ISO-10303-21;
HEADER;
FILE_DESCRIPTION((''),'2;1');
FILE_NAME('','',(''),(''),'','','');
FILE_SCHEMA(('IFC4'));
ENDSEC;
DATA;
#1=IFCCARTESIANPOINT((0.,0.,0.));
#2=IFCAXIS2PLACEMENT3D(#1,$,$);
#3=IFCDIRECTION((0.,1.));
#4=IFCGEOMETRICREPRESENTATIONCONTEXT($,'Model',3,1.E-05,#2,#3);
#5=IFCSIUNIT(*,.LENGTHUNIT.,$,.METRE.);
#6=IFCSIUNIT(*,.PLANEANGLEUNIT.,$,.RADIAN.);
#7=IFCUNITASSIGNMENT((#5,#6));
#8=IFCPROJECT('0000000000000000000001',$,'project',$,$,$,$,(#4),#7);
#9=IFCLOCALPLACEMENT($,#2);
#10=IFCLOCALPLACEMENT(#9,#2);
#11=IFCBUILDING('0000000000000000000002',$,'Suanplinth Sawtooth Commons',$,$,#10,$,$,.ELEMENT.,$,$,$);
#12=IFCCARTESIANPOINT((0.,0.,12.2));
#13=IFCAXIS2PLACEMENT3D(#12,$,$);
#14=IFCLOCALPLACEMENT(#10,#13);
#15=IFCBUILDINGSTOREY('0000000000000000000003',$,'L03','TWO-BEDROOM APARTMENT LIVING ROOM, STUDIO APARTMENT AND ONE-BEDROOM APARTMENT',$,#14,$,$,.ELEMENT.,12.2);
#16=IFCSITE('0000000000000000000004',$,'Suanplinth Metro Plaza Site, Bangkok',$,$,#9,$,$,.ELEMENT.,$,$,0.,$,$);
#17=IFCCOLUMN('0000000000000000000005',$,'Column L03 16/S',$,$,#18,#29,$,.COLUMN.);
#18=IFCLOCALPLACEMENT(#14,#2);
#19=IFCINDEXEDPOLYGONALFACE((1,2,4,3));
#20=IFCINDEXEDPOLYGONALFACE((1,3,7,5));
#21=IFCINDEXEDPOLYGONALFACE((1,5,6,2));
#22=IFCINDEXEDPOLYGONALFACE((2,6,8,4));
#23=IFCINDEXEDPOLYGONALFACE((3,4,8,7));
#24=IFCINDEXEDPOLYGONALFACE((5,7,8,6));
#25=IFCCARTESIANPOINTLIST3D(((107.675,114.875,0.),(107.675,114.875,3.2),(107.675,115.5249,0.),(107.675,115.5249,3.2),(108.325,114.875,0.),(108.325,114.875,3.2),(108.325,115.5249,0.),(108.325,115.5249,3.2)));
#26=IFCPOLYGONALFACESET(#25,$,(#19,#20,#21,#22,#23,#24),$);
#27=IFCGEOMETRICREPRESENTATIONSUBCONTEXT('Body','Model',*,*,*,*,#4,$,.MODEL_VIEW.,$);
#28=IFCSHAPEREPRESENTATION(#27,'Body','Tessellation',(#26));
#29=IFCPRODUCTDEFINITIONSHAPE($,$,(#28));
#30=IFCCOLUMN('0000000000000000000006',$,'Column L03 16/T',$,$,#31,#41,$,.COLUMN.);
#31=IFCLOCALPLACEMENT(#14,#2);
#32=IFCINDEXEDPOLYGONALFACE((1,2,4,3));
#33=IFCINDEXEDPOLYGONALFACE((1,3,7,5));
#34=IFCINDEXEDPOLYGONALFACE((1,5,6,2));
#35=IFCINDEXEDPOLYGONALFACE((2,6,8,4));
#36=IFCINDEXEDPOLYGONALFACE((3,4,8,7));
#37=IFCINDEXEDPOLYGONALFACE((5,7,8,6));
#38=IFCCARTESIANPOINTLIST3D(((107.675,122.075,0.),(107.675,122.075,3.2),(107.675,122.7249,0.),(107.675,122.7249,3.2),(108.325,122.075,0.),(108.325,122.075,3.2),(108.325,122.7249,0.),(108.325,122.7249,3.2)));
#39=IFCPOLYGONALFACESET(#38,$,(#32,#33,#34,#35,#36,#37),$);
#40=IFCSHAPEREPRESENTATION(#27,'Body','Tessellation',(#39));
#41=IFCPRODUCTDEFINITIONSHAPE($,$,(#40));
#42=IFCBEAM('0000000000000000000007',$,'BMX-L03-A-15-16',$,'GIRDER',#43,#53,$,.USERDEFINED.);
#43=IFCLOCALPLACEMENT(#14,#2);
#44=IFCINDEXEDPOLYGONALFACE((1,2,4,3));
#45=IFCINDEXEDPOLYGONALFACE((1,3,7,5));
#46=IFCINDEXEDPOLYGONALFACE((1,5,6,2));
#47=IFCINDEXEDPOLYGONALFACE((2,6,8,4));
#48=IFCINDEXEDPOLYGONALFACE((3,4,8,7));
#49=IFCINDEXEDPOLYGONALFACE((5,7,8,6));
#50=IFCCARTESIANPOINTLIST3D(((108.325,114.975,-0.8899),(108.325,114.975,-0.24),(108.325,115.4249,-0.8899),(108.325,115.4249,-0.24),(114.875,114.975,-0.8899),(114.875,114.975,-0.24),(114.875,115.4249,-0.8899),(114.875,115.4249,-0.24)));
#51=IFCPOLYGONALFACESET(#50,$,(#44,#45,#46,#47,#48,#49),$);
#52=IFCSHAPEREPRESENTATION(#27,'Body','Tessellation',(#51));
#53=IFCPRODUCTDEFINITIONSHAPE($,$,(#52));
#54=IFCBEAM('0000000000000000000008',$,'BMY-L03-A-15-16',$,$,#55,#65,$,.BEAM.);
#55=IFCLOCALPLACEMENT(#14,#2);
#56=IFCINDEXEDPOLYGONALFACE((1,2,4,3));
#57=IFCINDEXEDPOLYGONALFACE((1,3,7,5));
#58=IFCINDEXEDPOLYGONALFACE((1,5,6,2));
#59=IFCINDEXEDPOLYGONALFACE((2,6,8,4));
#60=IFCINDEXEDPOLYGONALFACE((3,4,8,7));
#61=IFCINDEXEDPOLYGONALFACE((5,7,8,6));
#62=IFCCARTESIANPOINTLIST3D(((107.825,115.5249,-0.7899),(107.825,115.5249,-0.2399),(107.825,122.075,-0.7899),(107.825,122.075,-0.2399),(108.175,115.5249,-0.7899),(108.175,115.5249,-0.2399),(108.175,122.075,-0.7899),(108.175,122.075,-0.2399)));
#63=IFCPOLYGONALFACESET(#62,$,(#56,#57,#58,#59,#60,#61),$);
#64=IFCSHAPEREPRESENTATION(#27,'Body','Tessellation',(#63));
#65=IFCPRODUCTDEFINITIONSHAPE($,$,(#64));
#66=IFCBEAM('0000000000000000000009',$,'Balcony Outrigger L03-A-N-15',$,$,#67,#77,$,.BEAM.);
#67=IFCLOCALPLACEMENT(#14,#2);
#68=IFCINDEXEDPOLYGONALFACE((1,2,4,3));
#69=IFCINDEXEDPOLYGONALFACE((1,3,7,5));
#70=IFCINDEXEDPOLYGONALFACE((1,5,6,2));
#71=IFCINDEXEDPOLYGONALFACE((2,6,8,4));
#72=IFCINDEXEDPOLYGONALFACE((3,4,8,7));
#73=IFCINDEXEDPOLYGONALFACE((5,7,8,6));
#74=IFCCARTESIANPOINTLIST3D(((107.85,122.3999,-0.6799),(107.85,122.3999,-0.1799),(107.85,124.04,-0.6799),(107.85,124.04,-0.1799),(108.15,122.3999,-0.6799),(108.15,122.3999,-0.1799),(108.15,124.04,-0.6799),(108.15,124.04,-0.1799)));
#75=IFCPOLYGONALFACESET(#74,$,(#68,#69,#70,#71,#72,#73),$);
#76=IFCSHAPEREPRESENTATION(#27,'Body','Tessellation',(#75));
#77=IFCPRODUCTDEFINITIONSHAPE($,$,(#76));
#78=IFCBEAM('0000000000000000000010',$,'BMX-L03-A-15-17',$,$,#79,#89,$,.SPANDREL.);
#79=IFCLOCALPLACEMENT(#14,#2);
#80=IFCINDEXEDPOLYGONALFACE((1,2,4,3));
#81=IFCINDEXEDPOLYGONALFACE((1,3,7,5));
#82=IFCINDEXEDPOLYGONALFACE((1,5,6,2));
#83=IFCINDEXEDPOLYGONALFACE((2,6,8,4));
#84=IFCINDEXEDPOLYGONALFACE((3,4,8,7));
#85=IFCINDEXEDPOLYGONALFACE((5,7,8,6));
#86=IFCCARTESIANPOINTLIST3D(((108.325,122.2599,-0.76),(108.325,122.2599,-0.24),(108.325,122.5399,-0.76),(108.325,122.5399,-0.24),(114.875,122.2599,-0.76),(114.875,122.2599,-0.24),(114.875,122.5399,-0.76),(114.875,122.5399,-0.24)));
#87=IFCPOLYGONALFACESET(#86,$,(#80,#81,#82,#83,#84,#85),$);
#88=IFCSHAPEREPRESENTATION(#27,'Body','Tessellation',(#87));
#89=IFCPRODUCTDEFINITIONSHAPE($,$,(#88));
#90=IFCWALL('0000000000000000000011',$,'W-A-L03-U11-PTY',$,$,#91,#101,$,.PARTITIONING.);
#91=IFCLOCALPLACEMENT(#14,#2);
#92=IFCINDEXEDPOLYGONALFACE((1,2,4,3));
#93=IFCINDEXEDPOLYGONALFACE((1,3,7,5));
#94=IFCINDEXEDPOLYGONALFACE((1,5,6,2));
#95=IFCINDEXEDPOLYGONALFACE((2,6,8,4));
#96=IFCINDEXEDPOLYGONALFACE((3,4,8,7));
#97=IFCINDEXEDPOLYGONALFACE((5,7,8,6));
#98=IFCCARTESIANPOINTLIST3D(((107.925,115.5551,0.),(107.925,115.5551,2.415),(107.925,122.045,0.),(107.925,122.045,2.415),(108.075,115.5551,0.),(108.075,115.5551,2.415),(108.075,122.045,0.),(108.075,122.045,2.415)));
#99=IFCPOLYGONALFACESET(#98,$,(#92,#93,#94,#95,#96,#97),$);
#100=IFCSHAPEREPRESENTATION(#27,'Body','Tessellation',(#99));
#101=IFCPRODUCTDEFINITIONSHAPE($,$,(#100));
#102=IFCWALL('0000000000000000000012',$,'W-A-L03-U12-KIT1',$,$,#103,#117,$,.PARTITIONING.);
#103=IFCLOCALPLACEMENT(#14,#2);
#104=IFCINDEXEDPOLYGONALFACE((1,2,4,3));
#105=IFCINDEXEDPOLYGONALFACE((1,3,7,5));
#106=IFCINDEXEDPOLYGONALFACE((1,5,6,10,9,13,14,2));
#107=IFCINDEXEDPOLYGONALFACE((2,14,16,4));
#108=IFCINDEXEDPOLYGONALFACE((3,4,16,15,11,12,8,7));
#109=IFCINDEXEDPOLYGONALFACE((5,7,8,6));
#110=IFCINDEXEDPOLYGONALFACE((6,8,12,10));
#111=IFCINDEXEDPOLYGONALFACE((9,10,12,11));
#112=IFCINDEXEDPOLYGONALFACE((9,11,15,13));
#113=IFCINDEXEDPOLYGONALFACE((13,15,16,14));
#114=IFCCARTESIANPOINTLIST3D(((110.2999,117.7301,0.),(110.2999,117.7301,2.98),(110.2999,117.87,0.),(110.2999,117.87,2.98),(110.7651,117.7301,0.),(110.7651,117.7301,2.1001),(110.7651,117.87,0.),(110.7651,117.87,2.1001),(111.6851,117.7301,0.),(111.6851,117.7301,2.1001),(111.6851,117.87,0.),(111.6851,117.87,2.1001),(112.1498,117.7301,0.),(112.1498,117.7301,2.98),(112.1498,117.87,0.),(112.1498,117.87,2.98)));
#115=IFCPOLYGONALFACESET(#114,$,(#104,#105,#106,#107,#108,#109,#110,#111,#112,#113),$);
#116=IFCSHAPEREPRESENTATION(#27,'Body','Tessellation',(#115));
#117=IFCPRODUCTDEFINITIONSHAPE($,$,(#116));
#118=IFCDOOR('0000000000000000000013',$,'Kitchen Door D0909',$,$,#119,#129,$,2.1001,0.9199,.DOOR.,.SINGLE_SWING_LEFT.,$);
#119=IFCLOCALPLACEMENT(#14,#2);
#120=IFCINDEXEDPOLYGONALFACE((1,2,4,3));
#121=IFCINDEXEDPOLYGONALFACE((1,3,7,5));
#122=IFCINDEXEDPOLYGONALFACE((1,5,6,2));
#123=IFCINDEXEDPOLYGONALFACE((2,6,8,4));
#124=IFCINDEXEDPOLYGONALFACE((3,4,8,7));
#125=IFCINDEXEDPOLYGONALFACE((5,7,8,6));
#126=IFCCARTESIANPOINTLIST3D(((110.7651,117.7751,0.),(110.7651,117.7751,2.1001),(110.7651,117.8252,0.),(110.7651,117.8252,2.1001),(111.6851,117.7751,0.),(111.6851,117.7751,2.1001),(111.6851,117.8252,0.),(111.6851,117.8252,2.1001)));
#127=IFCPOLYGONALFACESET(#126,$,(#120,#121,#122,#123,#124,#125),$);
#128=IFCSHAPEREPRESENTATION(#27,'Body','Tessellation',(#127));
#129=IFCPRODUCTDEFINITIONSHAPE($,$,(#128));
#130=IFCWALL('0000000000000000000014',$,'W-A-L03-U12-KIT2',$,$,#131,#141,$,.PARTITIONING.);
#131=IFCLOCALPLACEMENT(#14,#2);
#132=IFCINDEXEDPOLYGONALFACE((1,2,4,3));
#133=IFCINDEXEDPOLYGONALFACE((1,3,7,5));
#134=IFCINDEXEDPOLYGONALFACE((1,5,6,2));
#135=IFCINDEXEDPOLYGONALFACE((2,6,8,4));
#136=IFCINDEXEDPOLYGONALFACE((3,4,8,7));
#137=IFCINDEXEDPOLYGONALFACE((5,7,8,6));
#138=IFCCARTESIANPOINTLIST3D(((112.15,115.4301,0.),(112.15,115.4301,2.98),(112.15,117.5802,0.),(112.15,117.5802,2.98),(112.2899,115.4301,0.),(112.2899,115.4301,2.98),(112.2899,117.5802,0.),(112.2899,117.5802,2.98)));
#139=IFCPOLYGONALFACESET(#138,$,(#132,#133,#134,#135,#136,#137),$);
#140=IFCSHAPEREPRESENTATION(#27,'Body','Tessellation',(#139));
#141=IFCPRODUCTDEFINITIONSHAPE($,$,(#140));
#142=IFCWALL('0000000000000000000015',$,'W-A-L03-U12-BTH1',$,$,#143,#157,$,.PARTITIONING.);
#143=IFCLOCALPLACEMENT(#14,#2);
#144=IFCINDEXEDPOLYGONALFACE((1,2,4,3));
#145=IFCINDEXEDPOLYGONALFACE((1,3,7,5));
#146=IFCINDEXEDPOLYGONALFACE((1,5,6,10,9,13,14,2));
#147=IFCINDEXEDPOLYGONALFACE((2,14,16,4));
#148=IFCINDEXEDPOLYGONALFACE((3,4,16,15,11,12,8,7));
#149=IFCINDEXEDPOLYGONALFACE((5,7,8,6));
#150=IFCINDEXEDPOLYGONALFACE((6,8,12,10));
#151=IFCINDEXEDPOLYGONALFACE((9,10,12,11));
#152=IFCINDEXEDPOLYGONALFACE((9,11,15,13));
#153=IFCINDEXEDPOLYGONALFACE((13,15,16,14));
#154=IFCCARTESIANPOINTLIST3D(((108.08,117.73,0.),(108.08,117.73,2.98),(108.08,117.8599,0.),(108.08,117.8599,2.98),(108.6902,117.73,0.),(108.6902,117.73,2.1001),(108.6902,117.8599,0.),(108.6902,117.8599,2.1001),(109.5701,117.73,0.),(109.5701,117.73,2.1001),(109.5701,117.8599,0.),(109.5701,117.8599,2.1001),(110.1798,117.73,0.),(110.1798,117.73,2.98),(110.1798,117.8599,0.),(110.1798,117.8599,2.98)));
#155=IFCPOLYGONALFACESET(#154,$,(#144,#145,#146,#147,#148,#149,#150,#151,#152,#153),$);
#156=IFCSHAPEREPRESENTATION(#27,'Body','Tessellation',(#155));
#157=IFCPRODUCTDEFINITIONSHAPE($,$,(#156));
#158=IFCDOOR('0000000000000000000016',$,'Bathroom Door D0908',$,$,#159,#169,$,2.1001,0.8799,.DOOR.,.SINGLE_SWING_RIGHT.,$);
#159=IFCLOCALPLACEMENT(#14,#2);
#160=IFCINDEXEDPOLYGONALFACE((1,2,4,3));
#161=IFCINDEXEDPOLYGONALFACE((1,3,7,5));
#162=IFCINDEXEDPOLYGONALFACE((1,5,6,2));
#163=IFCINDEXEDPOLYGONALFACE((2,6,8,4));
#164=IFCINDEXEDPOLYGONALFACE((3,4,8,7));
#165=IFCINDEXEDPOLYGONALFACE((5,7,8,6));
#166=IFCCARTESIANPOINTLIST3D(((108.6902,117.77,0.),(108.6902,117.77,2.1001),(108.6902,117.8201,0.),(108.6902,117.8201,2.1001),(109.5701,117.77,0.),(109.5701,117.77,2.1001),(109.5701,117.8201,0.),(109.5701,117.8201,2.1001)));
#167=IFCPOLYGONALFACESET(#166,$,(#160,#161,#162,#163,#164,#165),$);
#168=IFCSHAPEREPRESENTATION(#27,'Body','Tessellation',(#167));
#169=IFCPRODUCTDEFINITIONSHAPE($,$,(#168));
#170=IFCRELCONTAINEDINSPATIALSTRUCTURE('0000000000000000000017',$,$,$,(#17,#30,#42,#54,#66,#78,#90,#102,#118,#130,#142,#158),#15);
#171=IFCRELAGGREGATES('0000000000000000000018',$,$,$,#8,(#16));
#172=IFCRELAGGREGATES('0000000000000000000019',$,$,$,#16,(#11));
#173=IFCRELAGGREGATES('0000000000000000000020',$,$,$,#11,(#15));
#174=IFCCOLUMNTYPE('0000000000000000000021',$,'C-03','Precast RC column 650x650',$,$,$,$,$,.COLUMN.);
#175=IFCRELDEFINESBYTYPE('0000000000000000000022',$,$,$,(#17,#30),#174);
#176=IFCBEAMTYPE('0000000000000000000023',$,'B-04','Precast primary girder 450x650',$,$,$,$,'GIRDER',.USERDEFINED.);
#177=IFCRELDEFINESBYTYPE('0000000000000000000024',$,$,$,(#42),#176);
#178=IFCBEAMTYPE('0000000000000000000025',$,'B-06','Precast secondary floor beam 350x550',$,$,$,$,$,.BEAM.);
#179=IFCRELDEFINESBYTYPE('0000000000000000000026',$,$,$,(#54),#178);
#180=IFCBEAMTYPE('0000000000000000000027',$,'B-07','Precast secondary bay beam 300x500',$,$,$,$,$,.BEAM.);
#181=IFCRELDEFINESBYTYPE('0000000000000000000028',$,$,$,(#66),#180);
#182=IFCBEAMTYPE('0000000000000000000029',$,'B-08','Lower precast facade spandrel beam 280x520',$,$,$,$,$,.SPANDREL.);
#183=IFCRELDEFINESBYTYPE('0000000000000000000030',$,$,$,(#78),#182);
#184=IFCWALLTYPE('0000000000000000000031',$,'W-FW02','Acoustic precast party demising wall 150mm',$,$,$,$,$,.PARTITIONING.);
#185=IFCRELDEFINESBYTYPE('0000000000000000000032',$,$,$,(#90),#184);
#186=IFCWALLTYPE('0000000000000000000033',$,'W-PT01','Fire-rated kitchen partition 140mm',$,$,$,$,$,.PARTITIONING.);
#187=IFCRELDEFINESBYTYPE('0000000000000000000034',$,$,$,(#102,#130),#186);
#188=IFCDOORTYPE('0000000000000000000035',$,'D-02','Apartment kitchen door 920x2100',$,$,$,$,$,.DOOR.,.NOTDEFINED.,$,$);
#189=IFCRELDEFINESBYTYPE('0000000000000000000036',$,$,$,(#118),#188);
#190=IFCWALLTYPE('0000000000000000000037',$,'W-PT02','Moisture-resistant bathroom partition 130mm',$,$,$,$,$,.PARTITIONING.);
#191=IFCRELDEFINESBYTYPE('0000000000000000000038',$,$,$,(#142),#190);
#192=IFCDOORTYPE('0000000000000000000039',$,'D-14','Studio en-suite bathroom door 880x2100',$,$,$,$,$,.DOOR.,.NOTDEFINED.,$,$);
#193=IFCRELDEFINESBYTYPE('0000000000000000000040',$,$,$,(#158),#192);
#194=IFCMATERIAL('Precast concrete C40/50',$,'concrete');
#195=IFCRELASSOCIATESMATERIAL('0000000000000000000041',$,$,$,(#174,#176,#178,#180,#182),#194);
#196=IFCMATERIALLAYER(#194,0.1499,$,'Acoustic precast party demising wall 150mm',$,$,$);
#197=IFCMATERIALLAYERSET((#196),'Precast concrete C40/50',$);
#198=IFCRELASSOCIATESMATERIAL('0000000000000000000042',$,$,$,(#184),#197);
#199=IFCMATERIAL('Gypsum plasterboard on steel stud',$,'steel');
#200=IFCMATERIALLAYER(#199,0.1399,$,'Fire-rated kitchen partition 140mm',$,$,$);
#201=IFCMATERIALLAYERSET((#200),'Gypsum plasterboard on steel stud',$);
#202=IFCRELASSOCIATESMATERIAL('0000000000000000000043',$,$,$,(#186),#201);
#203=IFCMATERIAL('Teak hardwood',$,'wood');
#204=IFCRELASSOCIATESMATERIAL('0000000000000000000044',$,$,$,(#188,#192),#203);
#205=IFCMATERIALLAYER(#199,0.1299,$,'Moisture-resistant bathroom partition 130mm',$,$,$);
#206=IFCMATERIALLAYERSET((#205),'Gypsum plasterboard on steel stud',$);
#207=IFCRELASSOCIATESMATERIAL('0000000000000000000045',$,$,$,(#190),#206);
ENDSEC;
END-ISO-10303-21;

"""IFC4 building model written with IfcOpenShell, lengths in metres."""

from ifc_helpers import new_model, si_unit, direction, frame, frame_2d, origin, origin_2d, place, context, subcontext, project, spatial, rectangle, extrude, material, layer, layer_set, material_profile, profile_set, type_object, element, fill, save


model = new_model("IFC4")

# Units and contexts
model_context = context("Model", 3, precision=1e-05, world=origin(), true_north=direction((0.0, 1.0)))
body_context = subcontext(model_context, "Body", "Model", "MODEL_VIEW")
ifc_project = project(units=[si_unit("LENGTHUNIT", "METRE"), si_unit("PLANEANGLEUNIT", "RADIAN")], contexts=[model_context])

# Site, building, storey
site_placement = place(None, origin())
site = spatial("IfcSite", under=ifc_project, at=site_placement, Name="Suanplinth Metro Plaza Site, Bangkok", CompositionType="ELEMENT", RefElevation=0.0)
building_placement = place(site_placement, origin())
building = spatial("IfcBuilding", under=site, at=building_placement, Name="Suanplinth Sawtooth Commons", CompositionType="ELEMENT")
storey_placement = place(building_placement, frame((0.0, 0.0, 12.2)))
storey = spatial("IfcBuildingStorey", under=building, at=storey_placement, Name="L03", Description="TWO-BEDROOM APARTMENT LIVING ROOM, STUDIO APARTMENT AND ONE-BEDROOM APARTMENT", CompositionType="ELEMENT", Elevation=12.2)

# Columns
ifc_material_1 = material(Name="Precast concrete C40/50", Category="concrete")
ifc_material_profile_1 = material_profile(ifc_material_1, rectangle(XDim=0.6499, YDim=0.6499, at=origin_2d()), Name="PC-COL 650x650")
ifc_profile_set_1 = profile_set([ifc_material_profile_1], Name="Precast concrete C40/50")
column_type = type_object("IfcColumnType", Name="C-03", Description="Precast RC column 650x650", PredefinedType="COLUMN", material=ifc_profile_set_1)
for number, where, z_axis, x_axis, name in (
    (1, (108.0, 115.2, 0.0), (0.0, 0.0, 1.0), (1.0, 0.0, 0.0), "Column L03 16/S"),
    (2, (108.0, 122.3999, 0.0), (0.0, 0.0, 1.0), (1.0, 0.0, 0.0), "Column L03 16/T"),
):
    element("IfcColumn", number, at=place(storey_placement, frame(where, z_axis=z_axis, x_axis=x_axis)), inside=storey, type_object=column_type, Name=name, PredefinedType="COLUMN", context=body_context, shape_type="SweptSolid", body=[
        extrude(rectangle(XDim=0.6499, YDim=0.6499, at=origin_2d()), origin(), (0.0, 0.0, 1.0), 3.2),
    ])

# Beams
ifc_material_profile_2 = material_profile(ifc_material_1, rectangle(XDim=0.45, YDim=0.6499, at=origin_2d()), Name="PC-GDR 450x650")
ifc_profile_set_2 = profile_set([ifc_material_profile_2], Name="Precast concrete C40/50")
beam_type_1 = type_object("IfcBeamType", Name="B-04", Description="Precast primary girder 450x650", ElementType="GIRDER", PredefinedType="USERDEFINED", material=ifc_profile_set_2)
beam_1_placement = place(storey_placement, frame((108.325, 115.2, -0.5649), z_axis=(1.0, 0.0, 0.0), x_axis=(0.0, 1.0, 0.0)))
element("IfcBeam", 3, at=beam_1_placement, inside=storey, type_object=beam_type_1, Name="BMX-L03-A-15-16", ObjectType="GIRDER", PredefinedType="USERDEFINED", context=body_context, shape_type="SweptSolid", body=[
    extrude(rectangle(XDim=0.45, YDim=0.6499, at=origin_2d()), origin(), (0.0, 0.0, 1.0), 6.55),
])
ifc_material_profile_3 = material_profile(ifc_material_1, rectangle(XDim=0.3501, YDim=0.55, at=origin_2d()), Name="PC-BM 350x550")
ifc_profile_set_3 = profile_set([ifc_material_profile_3], Name="Precast concrete C40/50")
beam_type_2 = type_object("IfcBeamType", Name="B-06", Description="Precast secondary floor beam 350x550", PredefinedType="BEAM", material=ifc_profile_set_3)
beam_2_placement = place(storey_placement, frame((108.0, 115.5249, -0.5149), z_axis=(0.0, 1.0, 0.0), x_axis=(-1.0, 0.0, 0.0)))
element("IfcBeam", 4, at=beam_2_placement, inside=storey, type_object=beam_type_2, Name="BMY-L03-A-15-16", PredefinedType="BEAM", context=body_context, shape_type="SweptSolid", body=[
    extrude(rectangle(XDim=0.3501, YDim=0.55, at=origin_2d()), origin(), (0.0, 0.0, 1.0), 6.55),
])
ifc_material_profile_4 = material_profile(ifc_material_1, rectangle(XDim=0.3, YDim=0.5, at=origin_2d()), Name="PC-BM 300x500")
ifc_profile_set_4 = profile_set([ifc_material_profile_4], Name="Precast concrete C40/50")
beam_type_3 = type_object("IfcBeamType", Name="B-07", Description="Precast secondary bay beam 300x500", PredefinedType="BEAM", material=ifc_profile_set_4)
beam_3_placement = place(storey_placement, frame((108.0, 122.3999, -0.4299), z_axis=(0.0, 1.0, 0.0), x_axis=(-1.0, 0.0, 0.0)))
element("IfcBeam", 5, at=beam_3_placement, inside=storey, type_object=beam_type_3, Name="Balcony Outrigger L03-A-N-15", PredefinedType="BEAM", context=body_context, shape_type="SweptSolid", body=[
    extrude(rectangle(XDim=0.3, YDim=0.5, at=origin_2d()), origin(), (0.0, 0.0, 1.0), 1.6401),
])
ifc_material_profile_5 = material_profile(ifc_material_1, rectangle(XDim=0.28, YDim=0.52, at=origin_2d()), Name="PC-SP 280x520")
ifc_profile_set_5 = profile_set([ifc_material_profile_5], Name="Precast concrete C40/50")
beam_type_4 = type_object("IfcBeamType", Name="B-08", Description="Lower precast facade spandrel beam 280x520", PredefinedType="SPANDREL", material=ifc_profile_set_5)
beam_4_placement = place(storey_placement, frame((108.325, 122.3999, -0.5), z_axis=(1.0, 0.0, 0.0), x_axis=(0.0, 1.0, 0.0)))
element("IfcBeam", 6, at=beam_4_placement, inside=storey, type_object=beam_type_4, Name="BMX-L03-A-15-17", PredefinedType="SPANDREL", context=body_context, shape_type="SweptSolid", body=[
    extrude(rectangle(XDim=0.28, YDim=0.52, at=origin_2d()), origin(), (0.0, 0.0, 1.0), 6.55),
])

# Wall
ifc_layer_1 = layer(ifc_material_1, 0.1499, Name="Acoustic precast party demising wall 150mm")
ifc_layer_set_1 = layer_set([ifc_layer_1], Name="Precast concrete C40/50")
wall_type_1 = type_object("IfcWallType", Name="W-FW02", Description="Acoustic precast party demising wall 150mm", PredefinedType="PARTITIONING", material=ifc_layer_set_1)
wall_1_placement = place(storey_placement, frame((108.0, 115.5549, 0.0), z_axis=(0.0, 0.0, 1.0), x_axis=(0.0, 1.0, 0.0)))
element("IfcWall", 7, at=wall_1_placement, inside=storey, type_object=wall_type_1, Name="W-A-L03-U11-PTY", PredefinedType="PARTITIONING", context=body_context, shape_type="SweptSolid", body=[
    extrude(rectangle(XDim=6.49, YDim=0.1499, at=frame_2d((3.2451, 0.0))), origin(), (0.0, 0.0, 1.0), 2.415),
])

# Wall, opening, door
ifc_material_2 = material(Name="Gypsum plasterboard on steel stud", Category="steel")
ifc_layer_2 = layer(ifc_material_2, 0.1399, Name="Fire-rated kitchen partition 140mm")
ifc_layer_set_2 = layer_set([ifc_layer_2], Name="Gypsum plasterboard on steel stud")
wall_type_2 = type_object("IfcWallType", Name="W-PT01", Description="Fire-rated kitchen partition 140mm", PredefinedType="PARTITIONING", material=ifc_layer_set_2)
wall_2_placement = place(storey_placement, frame((110.3, 117.8, 0.0), z_axis=(0.0, 0.0, 1.0), x_axis=(1.0, 0.0, 0.0)))
wall_2 = element("IfcWall", 8, at=wall_2_placement, inside=storey, type_object=wall_type_2, Name="W-A-L03-U12-KIT1", PredefinedType="PARTITIONING", context=body_context, shape_type="SweptSolid", body=[
    extrude(rectangle(XDim=1.8499, YDim=0.1399, at=frame_2d((0.9248, 0.0))), origin(), (0.0, 0.0, 1.0), 2.98),
])
opening_1_placement = place(wall_2_placement, frame((0.4651, 0.0, 0.0)))
opening_1 = element("IfcOpeningElement", 9, at=opening_1_placement, cuts=wall_2, PredefinedType="OPENING", context=body_context, shape_type="SweptSolid", body=[
    extrude(rectangle(XDim=0.9199, YDim=2.1001, at=frame_2d((0.46, 1.05))), frame((0.0, 0.085, 0.0), z_axis=(0.0, -1.0, 0.0), x_axis=(1.0, 0.0, 0.0)), (0.0, 0.0, 1.0), 0.1697),
])
ifc_material_3 = material(Name="Teak hardwood", Category="wood")
door_type_1 = type_object("IfcDoorType", Name="D-02", Description="Apartment kitchen door 920x2100", OperationType="NOTDEFINED", PredefinedType="DOOR", material=ifc_material_3)
door_1_placement = place(opening_1_placement, frame((0.9199, 0.0, 0.0), z_axis=(0.0, 0.0, 1.0), x_axis=(-1.0, 0.0, 0.0)))
door_1 = element("IfcDoor", 10, at=door_1_placement, inside=storey, type_object=door_type_1, Name="Kitchen Door D0909", OperationType="SINGLE_SWING_LEFT", OverallHeight=2.1001, OverallWidth=0.9199, PredefinedType="DOOR", context=body_context, shape_type="SweptSolid", body=[
    extrude(rectangle(XDim=0.9199, YDim=2.1001, at=frame_2d((0.46, 1.05))), frame((0.0, 0.0249, 0.0), z_axis=(0.0, -1.0, 0.0), x_axis=(1.0, 0.0, 0.0)), (0.0, 0.0, 1.0), 0.05),
])
fill(opening_1, door_1)

# Wall
wall_3_placement = place(storey_placement, frame((112.22, 115.4299, 0.0), z_axis=(0.0, 0.0, 1.0), x_axis=(0.0, 1.0, 0.0)))
element("IfcWall", 11, at=wall_3_placement, inside=storey, type_object=wall_type_2, Name="W-A-L03-U12-KIT2", PredefinedType="PARTITIONING", context=body_context, shape_type="SweptSolid", body=[
    extrude(rectangle(XDim=2.1501, YDim=0.1399, at=frame_2d((1.0752, 0.0))), origin(), (0.0, 0.0, 1.0), 2.98),
])

# Wall, opening, door
ifc_layer_3 = layer(ifc_material_2, 0.1299, Name="Moisture-resistant bathroom partition 130mm")
ifc_layer_set_3 = layer_set([ifc_layer_3], Name="Gypsum plasterboard on steel stud")
wall_type_3 = type_object("IfcWallType", Name="W-PT02", Description="Moisture-resistant bathroom partition 130mm", PredefinedType="PARTITIONING", material=ifc_layer_set_3)
wall_4_placement = place(storey_placement, frame((108.0801, 117.7949, 0.0), z_axis=(0.0, 0.0, 1.0), x_axis=(1.0, 0.0, 0.0)))
wall_4 = element("IfcWall", 12, at=wall_4_placement, inside=storey, type_object=wall_type_3, Name="W-A-L03-U12-BTH1", PredefinedType="PARTITIONING", context=body_context, shape_type="SweptSolid", body=[
    extrude(rectangle(XDim=2.0999, YDim=0.1299, at=frame_2d((1.0498, 0.0))), origin(), (0.0, 0.0, 1.0), 2.98),
])
opening_2_placement = place(wall_4_placement, frame((0.6101, 0.0, 0.0)))
opening_2 = element("IfcOpeningElement", 13, at=opening_2_placement, cuts=wall_4, PredefinedType="OPENING", context=body_context, shape_type="SweptSolid", body=[
    extrude(rectangle(XDim=0.8799, YDim=2.1001, at=frame_2d((0.4399, 1.05))), frame((0.0, 0.0798, 0.0), z_axis=(0.0, -1.0, 0.0), x_axis=(1.0, 0.0, 0.0)), (0.0, 0.0, 1.0), 0.1597),
])
door_type_2 = type_object("IfcDoorType", Name="D-14", Description="Studio en-suite bathroom door 880x2100", OperationType="NOTDEFINED", PredefinedType="DOOR", material=ifc_material_3)
door_2_placement = place(opening_2_placement, frame((0.8799, 0.0, 0.0), z_axis=(0.0, 0.0, 1.0), x_axis=(-1.0, 0.0, 0.0)))
door_2 = element("IfcDoor", 14, at=door_2_placement, inside=storey, type_object=door_type_2, Name="Bathroom Door D0908", OperationType="SINGLE_SWING_RIGHT", OverallHeight=2.1001, OverallWidth=0.8799, PredefinedType="DOOR", context=body_context, shape_type="SweptSolid", body=[
    extrude(rectangle(XDim=0.8799, YDim=2.1001, at=frame_2d((0.4399, 1.05))), frame((0.0, 0.0249, 0.0), z_axis=(0.0, -1.0, 0.0), x_axis=(1.0, 0.0, 0.0)), (0.0, 0.0, 1.0), 0.05),
])
fill(opening_2, door_2)

save(model, "model.ifc")
